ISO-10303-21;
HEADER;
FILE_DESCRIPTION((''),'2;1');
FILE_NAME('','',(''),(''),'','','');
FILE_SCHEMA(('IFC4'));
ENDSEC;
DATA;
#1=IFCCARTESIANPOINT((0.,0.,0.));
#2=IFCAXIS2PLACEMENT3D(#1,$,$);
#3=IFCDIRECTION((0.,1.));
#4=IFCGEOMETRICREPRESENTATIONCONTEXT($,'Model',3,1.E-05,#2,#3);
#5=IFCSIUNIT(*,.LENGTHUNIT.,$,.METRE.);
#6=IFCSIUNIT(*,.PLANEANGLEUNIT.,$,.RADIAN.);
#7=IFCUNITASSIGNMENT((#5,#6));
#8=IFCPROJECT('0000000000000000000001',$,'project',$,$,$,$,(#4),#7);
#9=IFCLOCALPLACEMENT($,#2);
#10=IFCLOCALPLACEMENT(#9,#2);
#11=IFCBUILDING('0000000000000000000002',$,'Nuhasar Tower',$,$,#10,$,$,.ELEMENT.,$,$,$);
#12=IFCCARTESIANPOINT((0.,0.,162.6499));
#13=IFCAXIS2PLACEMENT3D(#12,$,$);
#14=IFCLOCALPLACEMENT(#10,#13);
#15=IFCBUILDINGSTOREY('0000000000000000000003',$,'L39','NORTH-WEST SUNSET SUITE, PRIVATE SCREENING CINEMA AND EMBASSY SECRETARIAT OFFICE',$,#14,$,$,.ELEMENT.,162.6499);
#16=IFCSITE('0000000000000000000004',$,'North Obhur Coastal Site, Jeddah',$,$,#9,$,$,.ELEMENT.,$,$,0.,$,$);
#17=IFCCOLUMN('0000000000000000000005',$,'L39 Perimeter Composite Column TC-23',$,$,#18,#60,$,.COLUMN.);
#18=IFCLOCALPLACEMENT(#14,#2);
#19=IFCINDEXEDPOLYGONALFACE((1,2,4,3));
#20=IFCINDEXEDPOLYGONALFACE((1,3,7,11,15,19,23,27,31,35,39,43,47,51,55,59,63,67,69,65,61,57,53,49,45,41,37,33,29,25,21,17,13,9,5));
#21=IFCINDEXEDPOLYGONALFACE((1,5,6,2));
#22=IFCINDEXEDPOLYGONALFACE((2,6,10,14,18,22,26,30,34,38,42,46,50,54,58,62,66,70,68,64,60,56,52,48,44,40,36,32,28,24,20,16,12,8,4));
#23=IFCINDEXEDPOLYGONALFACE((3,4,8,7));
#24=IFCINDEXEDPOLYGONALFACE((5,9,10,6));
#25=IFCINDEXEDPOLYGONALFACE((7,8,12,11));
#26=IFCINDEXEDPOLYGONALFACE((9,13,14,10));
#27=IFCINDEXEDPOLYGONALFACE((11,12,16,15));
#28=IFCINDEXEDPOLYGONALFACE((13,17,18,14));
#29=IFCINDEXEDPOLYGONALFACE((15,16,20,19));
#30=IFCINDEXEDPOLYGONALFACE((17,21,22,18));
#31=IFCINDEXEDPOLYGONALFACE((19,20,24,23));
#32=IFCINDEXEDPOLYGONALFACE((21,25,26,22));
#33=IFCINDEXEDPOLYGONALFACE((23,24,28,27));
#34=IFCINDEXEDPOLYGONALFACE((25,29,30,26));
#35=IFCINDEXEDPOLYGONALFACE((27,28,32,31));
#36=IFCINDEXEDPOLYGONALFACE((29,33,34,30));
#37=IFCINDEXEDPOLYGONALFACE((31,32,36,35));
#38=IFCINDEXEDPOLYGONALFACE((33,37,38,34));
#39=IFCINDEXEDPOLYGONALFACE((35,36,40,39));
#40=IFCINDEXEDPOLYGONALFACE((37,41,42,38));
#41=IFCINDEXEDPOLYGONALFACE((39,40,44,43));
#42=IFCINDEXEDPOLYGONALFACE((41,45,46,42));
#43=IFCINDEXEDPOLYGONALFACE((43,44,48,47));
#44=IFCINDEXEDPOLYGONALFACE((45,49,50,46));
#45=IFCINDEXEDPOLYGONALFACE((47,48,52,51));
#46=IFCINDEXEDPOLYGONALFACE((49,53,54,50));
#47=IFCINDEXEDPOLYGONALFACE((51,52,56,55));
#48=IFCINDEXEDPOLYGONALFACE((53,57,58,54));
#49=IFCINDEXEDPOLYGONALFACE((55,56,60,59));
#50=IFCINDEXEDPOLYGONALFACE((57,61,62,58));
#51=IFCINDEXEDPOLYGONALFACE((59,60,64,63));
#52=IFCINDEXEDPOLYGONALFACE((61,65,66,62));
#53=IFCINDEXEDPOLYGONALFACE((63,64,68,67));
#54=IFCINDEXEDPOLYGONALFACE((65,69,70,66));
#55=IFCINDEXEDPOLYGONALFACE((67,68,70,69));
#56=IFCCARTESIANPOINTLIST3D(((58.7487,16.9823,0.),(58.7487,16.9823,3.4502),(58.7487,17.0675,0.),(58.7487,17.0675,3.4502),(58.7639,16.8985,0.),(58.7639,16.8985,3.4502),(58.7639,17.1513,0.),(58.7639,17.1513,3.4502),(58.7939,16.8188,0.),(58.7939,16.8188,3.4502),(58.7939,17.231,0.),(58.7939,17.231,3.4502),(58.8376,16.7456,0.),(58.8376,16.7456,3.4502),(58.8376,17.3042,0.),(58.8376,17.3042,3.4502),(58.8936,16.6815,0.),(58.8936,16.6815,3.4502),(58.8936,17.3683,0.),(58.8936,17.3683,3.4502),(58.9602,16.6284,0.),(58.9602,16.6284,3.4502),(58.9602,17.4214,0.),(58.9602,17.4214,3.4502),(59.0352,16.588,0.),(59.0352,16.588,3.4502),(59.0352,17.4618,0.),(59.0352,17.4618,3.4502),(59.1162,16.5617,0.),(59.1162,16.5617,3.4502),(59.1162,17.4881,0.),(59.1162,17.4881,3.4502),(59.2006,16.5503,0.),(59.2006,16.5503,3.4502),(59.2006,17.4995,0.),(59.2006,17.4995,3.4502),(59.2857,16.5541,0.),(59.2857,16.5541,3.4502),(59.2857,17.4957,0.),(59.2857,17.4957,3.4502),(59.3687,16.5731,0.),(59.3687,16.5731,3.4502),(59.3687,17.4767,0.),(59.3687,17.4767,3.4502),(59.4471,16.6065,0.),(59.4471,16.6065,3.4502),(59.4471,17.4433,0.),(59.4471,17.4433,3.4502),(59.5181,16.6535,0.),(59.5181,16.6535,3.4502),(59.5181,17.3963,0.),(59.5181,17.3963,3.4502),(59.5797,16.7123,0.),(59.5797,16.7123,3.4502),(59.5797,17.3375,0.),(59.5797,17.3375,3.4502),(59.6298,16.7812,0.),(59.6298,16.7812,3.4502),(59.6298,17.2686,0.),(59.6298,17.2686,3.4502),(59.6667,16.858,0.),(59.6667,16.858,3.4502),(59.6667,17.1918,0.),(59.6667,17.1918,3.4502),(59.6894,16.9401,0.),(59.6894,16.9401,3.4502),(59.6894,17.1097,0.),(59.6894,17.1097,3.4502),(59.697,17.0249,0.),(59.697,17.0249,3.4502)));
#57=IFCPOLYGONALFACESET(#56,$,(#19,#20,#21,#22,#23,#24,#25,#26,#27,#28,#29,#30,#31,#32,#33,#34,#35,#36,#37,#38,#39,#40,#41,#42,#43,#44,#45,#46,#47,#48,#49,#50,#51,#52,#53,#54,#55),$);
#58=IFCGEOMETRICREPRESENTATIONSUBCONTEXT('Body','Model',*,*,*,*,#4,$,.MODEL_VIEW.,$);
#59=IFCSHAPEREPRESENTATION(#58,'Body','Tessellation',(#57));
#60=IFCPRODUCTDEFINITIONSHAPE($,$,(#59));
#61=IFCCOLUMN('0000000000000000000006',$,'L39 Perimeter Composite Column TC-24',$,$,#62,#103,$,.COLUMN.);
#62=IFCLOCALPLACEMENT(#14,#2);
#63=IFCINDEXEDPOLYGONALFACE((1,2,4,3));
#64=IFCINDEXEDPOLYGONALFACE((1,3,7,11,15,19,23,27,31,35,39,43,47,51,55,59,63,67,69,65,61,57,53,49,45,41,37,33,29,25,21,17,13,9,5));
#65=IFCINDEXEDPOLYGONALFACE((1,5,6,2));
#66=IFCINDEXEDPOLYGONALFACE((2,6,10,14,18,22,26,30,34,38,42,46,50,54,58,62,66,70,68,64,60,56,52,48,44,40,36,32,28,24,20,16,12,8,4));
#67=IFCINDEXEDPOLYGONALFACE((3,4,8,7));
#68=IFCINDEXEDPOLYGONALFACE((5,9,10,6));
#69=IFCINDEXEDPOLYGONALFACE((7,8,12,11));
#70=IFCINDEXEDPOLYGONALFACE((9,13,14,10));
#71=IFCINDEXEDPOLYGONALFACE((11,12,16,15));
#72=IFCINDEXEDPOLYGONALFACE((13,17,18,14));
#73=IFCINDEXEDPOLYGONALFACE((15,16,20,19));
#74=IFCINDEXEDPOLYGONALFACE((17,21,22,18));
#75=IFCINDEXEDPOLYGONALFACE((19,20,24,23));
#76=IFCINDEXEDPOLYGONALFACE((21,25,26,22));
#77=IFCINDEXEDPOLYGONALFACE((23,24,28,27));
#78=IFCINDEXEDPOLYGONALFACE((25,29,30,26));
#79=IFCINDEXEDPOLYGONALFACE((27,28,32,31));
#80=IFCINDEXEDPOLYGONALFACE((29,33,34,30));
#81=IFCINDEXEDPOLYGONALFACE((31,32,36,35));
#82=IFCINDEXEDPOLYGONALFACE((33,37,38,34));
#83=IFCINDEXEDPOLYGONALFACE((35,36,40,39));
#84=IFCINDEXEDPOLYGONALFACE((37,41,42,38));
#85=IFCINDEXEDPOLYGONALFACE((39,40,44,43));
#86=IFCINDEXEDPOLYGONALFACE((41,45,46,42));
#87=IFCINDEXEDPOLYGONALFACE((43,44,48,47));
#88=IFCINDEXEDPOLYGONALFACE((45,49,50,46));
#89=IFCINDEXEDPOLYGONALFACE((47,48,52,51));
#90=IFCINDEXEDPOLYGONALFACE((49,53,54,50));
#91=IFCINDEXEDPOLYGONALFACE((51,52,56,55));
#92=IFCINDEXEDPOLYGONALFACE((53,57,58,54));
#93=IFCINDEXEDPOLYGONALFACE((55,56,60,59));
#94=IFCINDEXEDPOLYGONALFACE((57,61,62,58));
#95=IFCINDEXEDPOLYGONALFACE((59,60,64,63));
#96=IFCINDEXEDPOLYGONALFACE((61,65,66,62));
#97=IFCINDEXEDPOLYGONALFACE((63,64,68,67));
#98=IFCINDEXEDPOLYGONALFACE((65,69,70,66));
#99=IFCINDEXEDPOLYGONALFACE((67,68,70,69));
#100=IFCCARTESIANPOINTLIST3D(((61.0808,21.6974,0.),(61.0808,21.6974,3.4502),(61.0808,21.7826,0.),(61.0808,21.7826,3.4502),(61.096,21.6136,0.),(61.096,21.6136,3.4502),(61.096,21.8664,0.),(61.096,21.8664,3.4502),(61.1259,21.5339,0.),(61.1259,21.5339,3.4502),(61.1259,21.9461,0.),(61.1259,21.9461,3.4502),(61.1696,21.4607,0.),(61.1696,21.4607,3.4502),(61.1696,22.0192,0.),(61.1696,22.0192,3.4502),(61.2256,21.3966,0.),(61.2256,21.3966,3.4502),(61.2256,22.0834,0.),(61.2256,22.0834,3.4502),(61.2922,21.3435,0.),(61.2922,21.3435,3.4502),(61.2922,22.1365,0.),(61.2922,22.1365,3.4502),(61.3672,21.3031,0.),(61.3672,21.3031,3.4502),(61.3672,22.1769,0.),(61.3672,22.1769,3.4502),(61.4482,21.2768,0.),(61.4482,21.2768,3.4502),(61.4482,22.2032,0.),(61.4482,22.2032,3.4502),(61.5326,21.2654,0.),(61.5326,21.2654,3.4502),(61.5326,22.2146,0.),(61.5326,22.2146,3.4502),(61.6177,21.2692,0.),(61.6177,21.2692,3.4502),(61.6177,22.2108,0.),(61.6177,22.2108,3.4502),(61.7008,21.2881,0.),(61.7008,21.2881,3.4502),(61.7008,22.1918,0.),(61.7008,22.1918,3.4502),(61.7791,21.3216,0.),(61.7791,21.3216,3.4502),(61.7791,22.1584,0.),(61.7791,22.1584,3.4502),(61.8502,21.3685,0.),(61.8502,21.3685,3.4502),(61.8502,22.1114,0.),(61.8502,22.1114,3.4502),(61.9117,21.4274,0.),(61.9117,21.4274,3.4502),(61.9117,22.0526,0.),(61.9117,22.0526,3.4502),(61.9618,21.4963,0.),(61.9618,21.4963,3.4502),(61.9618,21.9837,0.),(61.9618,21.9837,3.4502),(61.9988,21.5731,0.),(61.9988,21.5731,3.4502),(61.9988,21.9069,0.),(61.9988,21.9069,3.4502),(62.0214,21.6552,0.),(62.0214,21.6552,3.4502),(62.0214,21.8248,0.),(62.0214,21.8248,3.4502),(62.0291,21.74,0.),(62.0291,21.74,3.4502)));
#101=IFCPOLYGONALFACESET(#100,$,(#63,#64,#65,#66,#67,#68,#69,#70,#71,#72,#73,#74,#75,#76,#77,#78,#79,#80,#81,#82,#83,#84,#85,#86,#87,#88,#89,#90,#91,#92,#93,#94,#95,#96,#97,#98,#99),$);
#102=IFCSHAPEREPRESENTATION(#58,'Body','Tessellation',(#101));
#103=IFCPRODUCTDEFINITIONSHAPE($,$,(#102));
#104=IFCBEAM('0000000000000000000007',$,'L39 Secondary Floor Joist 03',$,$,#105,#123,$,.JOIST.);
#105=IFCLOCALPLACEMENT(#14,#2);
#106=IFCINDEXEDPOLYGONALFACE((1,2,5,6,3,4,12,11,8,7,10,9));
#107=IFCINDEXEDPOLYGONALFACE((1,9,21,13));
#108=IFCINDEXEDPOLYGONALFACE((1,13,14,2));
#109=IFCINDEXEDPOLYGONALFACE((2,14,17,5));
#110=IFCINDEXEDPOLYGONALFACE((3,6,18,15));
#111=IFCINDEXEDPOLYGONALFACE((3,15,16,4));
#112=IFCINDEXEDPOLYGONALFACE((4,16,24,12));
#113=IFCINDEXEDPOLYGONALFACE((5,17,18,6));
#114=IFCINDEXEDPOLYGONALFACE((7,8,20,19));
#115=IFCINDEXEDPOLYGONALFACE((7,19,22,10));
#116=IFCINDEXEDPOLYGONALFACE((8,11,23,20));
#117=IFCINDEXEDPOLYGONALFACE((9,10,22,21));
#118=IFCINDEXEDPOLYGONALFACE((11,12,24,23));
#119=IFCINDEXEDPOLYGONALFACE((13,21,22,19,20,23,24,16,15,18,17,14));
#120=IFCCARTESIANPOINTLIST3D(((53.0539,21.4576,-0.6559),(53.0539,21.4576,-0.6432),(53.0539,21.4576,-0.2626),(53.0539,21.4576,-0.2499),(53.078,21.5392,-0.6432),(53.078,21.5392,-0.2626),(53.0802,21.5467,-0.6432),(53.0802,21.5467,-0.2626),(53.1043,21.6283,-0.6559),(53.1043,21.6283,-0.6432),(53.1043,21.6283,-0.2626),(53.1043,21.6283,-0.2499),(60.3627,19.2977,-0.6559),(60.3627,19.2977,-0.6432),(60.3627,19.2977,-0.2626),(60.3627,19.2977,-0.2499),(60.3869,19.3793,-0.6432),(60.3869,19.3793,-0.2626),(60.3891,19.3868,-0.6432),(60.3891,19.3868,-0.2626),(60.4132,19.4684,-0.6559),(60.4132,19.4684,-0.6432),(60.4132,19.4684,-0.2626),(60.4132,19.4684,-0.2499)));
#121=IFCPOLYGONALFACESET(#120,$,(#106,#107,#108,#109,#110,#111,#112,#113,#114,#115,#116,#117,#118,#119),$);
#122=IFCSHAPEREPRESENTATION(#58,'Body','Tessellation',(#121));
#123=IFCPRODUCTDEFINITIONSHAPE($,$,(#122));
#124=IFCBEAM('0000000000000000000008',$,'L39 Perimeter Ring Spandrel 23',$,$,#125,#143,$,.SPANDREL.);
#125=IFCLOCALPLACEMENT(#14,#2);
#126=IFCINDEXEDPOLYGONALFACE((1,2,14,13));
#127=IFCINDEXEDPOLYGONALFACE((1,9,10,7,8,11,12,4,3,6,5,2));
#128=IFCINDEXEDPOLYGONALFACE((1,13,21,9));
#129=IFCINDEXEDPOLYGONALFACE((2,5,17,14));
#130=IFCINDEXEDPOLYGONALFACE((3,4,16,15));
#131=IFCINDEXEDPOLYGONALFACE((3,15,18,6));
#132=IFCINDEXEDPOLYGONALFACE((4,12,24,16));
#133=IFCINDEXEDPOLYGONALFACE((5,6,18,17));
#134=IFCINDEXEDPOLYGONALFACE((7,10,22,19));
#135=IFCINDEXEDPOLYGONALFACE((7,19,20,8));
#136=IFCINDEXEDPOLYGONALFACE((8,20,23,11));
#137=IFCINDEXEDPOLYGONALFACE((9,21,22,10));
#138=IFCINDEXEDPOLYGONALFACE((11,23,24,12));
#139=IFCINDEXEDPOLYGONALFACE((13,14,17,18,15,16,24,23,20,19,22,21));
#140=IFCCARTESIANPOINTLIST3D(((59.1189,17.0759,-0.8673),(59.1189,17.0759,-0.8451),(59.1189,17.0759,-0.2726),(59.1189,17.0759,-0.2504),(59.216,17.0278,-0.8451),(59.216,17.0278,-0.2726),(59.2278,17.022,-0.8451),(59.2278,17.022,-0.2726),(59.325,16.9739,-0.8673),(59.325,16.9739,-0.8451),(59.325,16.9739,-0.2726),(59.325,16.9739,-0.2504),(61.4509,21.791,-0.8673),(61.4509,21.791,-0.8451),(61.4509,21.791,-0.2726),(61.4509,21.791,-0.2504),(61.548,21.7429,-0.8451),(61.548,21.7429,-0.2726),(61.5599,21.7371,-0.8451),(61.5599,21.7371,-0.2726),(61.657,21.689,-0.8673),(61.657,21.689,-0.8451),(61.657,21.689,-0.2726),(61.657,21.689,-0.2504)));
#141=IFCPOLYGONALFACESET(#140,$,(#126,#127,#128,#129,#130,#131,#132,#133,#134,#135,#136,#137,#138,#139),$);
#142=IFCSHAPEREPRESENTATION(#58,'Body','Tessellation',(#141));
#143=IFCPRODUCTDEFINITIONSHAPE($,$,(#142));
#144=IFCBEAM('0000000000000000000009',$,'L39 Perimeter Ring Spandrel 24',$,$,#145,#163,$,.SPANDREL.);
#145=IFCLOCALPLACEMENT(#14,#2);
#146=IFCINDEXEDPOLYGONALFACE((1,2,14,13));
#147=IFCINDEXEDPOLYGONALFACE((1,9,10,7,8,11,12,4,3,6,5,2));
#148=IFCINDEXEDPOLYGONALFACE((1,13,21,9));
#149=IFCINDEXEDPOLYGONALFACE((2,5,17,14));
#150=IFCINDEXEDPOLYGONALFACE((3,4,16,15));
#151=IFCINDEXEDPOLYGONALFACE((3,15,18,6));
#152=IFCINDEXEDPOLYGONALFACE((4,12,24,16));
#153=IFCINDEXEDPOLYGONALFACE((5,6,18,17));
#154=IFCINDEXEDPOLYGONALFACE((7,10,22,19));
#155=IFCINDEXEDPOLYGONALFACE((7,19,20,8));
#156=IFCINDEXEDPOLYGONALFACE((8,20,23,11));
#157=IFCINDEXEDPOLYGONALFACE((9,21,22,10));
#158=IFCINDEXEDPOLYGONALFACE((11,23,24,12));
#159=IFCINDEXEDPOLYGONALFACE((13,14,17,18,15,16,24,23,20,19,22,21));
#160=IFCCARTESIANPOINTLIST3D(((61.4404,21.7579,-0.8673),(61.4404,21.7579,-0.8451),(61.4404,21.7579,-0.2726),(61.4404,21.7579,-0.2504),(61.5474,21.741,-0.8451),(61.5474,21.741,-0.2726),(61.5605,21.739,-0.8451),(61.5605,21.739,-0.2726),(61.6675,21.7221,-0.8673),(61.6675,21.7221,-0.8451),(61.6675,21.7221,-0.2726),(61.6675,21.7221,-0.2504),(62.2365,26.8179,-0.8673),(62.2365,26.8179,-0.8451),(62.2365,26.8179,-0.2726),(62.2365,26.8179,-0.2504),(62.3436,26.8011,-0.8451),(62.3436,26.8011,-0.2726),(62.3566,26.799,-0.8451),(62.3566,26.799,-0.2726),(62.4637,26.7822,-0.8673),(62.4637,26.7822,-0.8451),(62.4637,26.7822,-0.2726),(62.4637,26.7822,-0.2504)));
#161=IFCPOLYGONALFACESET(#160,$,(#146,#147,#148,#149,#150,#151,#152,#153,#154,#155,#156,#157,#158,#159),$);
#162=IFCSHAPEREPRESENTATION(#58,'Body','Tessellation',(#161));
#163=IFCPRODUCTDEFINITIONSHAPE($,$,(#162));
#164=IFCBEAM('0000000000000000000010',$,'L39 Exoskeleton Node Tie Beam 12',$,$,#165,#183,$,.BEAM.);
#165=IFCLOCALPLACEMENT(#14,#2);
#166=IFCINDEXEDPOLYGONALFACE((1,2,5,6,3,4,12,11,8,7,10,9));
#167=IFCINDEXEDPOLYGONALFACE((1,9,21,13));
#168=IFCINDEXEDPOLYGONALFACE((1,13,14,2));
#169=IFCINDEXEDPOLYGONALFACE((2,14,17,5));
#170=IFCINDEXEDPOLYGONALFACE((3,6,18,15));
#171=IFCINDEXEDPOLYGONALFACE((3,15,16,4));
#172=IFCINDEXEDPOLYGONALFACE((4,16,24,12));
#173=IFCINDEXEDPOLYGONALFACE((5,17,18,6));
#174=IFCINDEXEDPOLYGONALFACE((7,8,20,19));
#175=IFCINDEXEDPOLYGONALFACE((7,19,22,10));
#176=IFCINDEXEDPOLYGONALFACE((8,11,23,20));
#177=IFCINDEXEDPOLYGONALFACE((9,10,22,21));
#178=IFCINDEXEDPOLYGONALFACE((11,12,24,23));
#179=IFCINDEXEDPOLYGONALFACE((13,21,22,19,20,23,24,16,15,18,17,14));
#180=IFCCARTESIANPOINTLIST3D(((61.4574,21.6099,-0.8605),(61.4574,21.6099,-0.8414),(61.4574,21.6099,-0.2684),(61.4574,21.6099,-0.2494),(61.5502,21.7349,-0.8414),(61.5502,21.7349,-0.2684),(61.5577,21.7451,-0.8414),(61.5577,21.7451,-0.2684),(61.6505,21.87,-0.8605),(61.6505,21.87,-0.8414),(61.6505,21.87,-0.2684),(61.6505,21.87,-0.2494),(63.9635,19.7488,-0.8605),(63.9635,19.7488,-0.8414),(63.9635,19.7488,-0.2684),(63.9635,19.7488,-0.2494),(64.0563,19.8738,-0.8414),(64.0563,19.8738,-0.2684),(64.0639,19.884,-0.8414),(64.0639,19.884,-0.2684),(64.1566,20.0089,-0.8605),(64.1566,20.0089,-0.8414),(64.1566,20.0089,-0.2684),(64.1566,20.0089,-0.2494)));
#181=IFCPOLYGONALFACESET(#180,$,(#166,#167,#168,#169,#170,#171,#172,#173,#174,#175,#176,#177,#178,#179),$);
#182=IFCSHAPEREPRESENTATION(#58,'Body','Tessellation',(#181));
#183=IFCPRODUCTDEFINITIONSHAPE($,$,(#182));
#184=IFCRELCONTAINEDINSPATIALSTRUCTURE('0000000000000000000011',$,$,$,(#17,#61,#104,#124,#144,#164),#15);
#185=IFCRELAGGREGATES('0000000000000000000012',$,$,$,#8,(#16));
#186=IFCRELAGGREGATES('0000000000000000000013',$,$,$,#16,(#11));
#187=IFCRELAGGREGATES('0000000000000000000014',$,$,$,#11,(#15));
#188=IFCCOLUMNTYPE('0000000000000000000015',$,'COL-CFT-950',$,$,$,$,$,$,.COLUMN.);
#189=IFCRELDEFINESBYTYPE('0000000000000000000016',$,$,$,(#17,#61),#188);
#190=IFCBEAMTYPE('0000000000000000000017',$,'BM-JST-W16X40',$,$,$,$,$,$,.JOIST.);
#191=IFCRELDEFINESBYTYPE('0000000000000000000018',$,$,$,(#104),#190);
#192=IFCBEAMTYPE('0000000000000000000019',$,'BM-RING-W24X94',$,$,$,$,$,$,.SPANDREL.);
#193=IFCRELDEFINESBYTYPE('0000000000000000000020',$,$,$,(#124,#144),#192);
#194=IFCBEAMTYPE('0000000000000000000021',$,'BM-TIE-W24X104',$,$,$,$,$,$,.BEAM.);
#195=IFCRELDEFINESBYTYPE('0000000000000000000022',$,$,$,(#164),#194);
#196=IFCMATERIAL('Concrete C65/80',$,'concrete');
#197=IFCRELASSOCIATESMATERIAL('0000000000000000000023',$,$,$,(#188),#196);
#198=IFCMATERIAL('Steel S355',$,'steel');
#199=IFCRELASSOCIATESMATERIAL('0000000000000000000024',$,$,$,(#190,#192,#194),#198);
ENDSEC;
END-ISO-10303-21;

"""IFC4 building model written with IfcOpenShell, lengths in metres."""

from ifc_helpers import new_model, si_unit, direction, frame, origin, origin_2d, place, context, subcontext, project, spatial, circle, i_section, extrude, material, material_profile, profile_set, type_object, element, save


model = new_model("IFC4")

# Units and contexts
model_context = context("Model", 3, precision=1e-05, world=origin(), true_north=direction((0.0, 1.0)))
body_context = subcontext(model_context, "Body", "Model", "MODEL_VIEW")
ifc_project = project(units=[si_unit("LENGTHUNIT", "METRE"), si_unit("PLANEANGLEUNIT", "RADIAN")], contexts=[model_context])

# Site, building, storey
site_placement = place(None, origin())
site = spatial("IfcSite", under=ifc_project, at=site_placement, Name="North Obhur Coastal Site, Jeddah", CompositionType="ELEMENT", RefElevation=0.0)
building_placement = place(site_placement, origin())
building = spatial("IfcBuilding", under=site, at=building_placement, Name="Nuhasar Tower", CompositionType="ELEMENT")
storey_placement = place(building_placement, frame((0.0, 0.0, 162.6499)))
storey = spatial("IfcBuildingStorey", under=building, at=storey_placement, Name="L39", Description="NORTH-WEST SUNSET SUITE, PRIVATE SCREENING CINEMA AND EMBASSY SECRETARIAT OFFICE", CompositionType="ELEMENT", Elevation=162.6499)

# Columns
ifc_material_1 = material(Name="Concrete C65/80", Category="concrete")
ifc_material_profile_1 = material_profile(ifc_material_1, circle(Radius=0.4751, at=origin_2d()), Name="CFT950")
ifc_profile_set_1 = profile_set([ifc_material_profile_1], Name="Concrete C65/80")
column_type = type_object("IfcColumnType", Name="COL-CFT-950", PredefinedType="COLUMN", material=ifc_profile_set_1)
for number, where, z_axis, x_axis, name in (
    (1, (59.2219, 17.0249, 0.0), (0.0, 0.0, 1.0), (1.0, 0.0, 0.0), "L39 Perimeter Composite Column TC-23"),
    (2, (61.554, 21.74, 0.0), (0.0, 0.0, 1.0), (1.0, 0.0, 0.0), "L39 Perimeter Composite Column TC-24"),
):
    element("IfcColumn", number, at=place(storey_placement, frame(where, z_axis=z_axis, x_axis=x_axis)), inside=storey, type_object=column_type, Name=name, PredefinedType="COLUMN", context=body_context, shape_type="SweptSolid", body=[
        extrude(circle(Radius=0.4751, at=origin_2d()), origin(), (0.0, 0.0, 1.0), 3.4502),
    ])

# Beams
ifc_material_2 = material(Name="Steel S355", Category="steel")
ifc_material_profile_2 = material_profile(ifc_material_2, i_section(OverallWidth=0.178, OverallDepth=0.406, WebThickness=0.0078, FlangeThickness=0.0127, at=origin_2d()), Name="W16X40")
ifc_profile_set_2 = profile_set([ifc_material_profile_2], Name="Steel S355")
beam_type_1 = type_object("IfcBeamType", Name="BM-JST-W16X40", PredefinedType="JOIST", material=ifc_profile_set_2)
beam_1_placement = place(storey_placement, frame((53.0791, 21.543, -0.4529), z_axis=(0.959, -0.283404, 0.0), x_axis=(0.283404, 0.959, 0.0)))
element("IfcBeam", 3, at=beam_1_placement, inside=storey, type_object=beam_type_1, Name="L39 Secondary Floor Joist 03", PredefinedType="JOIST", context=body_context, shape_type="SweptSolid", body=[
    extrude(i_section(OverallWidth=0.178, OverallDepth=0.406, WebThickness=0.0078, FlangeThickness=0.0127, at=origin_2d()), origin(), (0.0, 0.0, 1.0), 7.6213),
])
ifc_material_profile_3 = material_profile(ifc_material_2, i_section(OverallWidth=0.23, OverallDepth=0.6169, WebThickness=0.0132, FlangeThickness=0.0222, at=origin_2d()), Name="W24X94")
ifc_profile_set_3 = profile_set([ifc_material_profile_3], Name="Steel S355")
beam_type_2 = type_object("IfcBeamType", Name="BM-RING-W24X94", PredefinedType="SPANDREL", material=ifc_profile_set_3)
beam_2_placement = place(storey_placement, frame((59.2219, 17.0249, -0.5588), z_axis=(0.443329, 0.896359, 0.0), x_axis=(-0.896359, 0.443329, 0.0)))
element("IfcBeam", 4, at=beam_2_placement, inside=storey, type_object=beam_type_2, Name="L39 Perimeter Ring Spandrel 23", PredefinedType="SPANDREL", context=body_context, shape_type="SweptSolid", body=[
    extrude(i_section(OverallWidth=0.23, OverallDepth=0.6169, WebThickness=0.0132, FlangeThickness=0.0222, at=origin_2d()), origin(), (0.0, 0.0, 1.0), 5.2603),
])
beam_3_placement = place(storey_placement, frame((61.554, 21.74, -0.5588), z_axis=(0.155427, 0.987847, 0.0), x_axis=(-0.987847, 0.155427, 0.0)))
element("IfcBeam", 5, at=beam_3_placement, inside=storey, type_object=beam_type_2, Name="L39 Perimeter Ring Spandrel 24", PredefinedType="SPANDREL", context=body_context, shape_type="SweptSolid", body=[
    extrude(i_section(OverallWidth=0.23, OverallDepth=0.6169, WebThickness=0.0132, FlangeThickness=0.0222, at=origin_2d()), origin(), (0.0, 0.0, 1.0), 5.1223),
])
ifc_material_profile_4 = material_profile(ifc_material_2, i_section(OverallWidth=0.324, OverallDepth=0.6111, WebThickness=0.0127, FlangeThickness=0.019, at=origin_2d()), Name="W24X104")
ifc_profile_set_4 = profile_set([ifc_material_profile_4], Name="Steel S355")
beam_type_3 = type_object("IfcBeamType", Name="BM-TIE-W24X104", PredefinedType="BEAM", material=ifc_profile_set_4)
beam_4_placement = place(storey_placement, frame((61.554, 21.74, -0.5549), z_axis=(0.802835, -0.596202, 0.0), x_axis=(0.596202, 0.802835, 0.0)))
element("IfcBeam", 6, at=beam_4_placement, inside=storey, type_object=beam_type_3, Name="L39 Exoskeleton Node Tie Beam 12", PredefinedType="BEAM", context=body_context, shape_type="SweptSolid", body=[
    extrude(i_section(OverallWidth=0.324, OverallDepth=0.6111, WebThickness=0.0127, FlangeThickness=0.019, at=origin_2d()), origin(), (0.0, 0.0, 1.0), 3.1216),
])

save(model, "model.ifc")
